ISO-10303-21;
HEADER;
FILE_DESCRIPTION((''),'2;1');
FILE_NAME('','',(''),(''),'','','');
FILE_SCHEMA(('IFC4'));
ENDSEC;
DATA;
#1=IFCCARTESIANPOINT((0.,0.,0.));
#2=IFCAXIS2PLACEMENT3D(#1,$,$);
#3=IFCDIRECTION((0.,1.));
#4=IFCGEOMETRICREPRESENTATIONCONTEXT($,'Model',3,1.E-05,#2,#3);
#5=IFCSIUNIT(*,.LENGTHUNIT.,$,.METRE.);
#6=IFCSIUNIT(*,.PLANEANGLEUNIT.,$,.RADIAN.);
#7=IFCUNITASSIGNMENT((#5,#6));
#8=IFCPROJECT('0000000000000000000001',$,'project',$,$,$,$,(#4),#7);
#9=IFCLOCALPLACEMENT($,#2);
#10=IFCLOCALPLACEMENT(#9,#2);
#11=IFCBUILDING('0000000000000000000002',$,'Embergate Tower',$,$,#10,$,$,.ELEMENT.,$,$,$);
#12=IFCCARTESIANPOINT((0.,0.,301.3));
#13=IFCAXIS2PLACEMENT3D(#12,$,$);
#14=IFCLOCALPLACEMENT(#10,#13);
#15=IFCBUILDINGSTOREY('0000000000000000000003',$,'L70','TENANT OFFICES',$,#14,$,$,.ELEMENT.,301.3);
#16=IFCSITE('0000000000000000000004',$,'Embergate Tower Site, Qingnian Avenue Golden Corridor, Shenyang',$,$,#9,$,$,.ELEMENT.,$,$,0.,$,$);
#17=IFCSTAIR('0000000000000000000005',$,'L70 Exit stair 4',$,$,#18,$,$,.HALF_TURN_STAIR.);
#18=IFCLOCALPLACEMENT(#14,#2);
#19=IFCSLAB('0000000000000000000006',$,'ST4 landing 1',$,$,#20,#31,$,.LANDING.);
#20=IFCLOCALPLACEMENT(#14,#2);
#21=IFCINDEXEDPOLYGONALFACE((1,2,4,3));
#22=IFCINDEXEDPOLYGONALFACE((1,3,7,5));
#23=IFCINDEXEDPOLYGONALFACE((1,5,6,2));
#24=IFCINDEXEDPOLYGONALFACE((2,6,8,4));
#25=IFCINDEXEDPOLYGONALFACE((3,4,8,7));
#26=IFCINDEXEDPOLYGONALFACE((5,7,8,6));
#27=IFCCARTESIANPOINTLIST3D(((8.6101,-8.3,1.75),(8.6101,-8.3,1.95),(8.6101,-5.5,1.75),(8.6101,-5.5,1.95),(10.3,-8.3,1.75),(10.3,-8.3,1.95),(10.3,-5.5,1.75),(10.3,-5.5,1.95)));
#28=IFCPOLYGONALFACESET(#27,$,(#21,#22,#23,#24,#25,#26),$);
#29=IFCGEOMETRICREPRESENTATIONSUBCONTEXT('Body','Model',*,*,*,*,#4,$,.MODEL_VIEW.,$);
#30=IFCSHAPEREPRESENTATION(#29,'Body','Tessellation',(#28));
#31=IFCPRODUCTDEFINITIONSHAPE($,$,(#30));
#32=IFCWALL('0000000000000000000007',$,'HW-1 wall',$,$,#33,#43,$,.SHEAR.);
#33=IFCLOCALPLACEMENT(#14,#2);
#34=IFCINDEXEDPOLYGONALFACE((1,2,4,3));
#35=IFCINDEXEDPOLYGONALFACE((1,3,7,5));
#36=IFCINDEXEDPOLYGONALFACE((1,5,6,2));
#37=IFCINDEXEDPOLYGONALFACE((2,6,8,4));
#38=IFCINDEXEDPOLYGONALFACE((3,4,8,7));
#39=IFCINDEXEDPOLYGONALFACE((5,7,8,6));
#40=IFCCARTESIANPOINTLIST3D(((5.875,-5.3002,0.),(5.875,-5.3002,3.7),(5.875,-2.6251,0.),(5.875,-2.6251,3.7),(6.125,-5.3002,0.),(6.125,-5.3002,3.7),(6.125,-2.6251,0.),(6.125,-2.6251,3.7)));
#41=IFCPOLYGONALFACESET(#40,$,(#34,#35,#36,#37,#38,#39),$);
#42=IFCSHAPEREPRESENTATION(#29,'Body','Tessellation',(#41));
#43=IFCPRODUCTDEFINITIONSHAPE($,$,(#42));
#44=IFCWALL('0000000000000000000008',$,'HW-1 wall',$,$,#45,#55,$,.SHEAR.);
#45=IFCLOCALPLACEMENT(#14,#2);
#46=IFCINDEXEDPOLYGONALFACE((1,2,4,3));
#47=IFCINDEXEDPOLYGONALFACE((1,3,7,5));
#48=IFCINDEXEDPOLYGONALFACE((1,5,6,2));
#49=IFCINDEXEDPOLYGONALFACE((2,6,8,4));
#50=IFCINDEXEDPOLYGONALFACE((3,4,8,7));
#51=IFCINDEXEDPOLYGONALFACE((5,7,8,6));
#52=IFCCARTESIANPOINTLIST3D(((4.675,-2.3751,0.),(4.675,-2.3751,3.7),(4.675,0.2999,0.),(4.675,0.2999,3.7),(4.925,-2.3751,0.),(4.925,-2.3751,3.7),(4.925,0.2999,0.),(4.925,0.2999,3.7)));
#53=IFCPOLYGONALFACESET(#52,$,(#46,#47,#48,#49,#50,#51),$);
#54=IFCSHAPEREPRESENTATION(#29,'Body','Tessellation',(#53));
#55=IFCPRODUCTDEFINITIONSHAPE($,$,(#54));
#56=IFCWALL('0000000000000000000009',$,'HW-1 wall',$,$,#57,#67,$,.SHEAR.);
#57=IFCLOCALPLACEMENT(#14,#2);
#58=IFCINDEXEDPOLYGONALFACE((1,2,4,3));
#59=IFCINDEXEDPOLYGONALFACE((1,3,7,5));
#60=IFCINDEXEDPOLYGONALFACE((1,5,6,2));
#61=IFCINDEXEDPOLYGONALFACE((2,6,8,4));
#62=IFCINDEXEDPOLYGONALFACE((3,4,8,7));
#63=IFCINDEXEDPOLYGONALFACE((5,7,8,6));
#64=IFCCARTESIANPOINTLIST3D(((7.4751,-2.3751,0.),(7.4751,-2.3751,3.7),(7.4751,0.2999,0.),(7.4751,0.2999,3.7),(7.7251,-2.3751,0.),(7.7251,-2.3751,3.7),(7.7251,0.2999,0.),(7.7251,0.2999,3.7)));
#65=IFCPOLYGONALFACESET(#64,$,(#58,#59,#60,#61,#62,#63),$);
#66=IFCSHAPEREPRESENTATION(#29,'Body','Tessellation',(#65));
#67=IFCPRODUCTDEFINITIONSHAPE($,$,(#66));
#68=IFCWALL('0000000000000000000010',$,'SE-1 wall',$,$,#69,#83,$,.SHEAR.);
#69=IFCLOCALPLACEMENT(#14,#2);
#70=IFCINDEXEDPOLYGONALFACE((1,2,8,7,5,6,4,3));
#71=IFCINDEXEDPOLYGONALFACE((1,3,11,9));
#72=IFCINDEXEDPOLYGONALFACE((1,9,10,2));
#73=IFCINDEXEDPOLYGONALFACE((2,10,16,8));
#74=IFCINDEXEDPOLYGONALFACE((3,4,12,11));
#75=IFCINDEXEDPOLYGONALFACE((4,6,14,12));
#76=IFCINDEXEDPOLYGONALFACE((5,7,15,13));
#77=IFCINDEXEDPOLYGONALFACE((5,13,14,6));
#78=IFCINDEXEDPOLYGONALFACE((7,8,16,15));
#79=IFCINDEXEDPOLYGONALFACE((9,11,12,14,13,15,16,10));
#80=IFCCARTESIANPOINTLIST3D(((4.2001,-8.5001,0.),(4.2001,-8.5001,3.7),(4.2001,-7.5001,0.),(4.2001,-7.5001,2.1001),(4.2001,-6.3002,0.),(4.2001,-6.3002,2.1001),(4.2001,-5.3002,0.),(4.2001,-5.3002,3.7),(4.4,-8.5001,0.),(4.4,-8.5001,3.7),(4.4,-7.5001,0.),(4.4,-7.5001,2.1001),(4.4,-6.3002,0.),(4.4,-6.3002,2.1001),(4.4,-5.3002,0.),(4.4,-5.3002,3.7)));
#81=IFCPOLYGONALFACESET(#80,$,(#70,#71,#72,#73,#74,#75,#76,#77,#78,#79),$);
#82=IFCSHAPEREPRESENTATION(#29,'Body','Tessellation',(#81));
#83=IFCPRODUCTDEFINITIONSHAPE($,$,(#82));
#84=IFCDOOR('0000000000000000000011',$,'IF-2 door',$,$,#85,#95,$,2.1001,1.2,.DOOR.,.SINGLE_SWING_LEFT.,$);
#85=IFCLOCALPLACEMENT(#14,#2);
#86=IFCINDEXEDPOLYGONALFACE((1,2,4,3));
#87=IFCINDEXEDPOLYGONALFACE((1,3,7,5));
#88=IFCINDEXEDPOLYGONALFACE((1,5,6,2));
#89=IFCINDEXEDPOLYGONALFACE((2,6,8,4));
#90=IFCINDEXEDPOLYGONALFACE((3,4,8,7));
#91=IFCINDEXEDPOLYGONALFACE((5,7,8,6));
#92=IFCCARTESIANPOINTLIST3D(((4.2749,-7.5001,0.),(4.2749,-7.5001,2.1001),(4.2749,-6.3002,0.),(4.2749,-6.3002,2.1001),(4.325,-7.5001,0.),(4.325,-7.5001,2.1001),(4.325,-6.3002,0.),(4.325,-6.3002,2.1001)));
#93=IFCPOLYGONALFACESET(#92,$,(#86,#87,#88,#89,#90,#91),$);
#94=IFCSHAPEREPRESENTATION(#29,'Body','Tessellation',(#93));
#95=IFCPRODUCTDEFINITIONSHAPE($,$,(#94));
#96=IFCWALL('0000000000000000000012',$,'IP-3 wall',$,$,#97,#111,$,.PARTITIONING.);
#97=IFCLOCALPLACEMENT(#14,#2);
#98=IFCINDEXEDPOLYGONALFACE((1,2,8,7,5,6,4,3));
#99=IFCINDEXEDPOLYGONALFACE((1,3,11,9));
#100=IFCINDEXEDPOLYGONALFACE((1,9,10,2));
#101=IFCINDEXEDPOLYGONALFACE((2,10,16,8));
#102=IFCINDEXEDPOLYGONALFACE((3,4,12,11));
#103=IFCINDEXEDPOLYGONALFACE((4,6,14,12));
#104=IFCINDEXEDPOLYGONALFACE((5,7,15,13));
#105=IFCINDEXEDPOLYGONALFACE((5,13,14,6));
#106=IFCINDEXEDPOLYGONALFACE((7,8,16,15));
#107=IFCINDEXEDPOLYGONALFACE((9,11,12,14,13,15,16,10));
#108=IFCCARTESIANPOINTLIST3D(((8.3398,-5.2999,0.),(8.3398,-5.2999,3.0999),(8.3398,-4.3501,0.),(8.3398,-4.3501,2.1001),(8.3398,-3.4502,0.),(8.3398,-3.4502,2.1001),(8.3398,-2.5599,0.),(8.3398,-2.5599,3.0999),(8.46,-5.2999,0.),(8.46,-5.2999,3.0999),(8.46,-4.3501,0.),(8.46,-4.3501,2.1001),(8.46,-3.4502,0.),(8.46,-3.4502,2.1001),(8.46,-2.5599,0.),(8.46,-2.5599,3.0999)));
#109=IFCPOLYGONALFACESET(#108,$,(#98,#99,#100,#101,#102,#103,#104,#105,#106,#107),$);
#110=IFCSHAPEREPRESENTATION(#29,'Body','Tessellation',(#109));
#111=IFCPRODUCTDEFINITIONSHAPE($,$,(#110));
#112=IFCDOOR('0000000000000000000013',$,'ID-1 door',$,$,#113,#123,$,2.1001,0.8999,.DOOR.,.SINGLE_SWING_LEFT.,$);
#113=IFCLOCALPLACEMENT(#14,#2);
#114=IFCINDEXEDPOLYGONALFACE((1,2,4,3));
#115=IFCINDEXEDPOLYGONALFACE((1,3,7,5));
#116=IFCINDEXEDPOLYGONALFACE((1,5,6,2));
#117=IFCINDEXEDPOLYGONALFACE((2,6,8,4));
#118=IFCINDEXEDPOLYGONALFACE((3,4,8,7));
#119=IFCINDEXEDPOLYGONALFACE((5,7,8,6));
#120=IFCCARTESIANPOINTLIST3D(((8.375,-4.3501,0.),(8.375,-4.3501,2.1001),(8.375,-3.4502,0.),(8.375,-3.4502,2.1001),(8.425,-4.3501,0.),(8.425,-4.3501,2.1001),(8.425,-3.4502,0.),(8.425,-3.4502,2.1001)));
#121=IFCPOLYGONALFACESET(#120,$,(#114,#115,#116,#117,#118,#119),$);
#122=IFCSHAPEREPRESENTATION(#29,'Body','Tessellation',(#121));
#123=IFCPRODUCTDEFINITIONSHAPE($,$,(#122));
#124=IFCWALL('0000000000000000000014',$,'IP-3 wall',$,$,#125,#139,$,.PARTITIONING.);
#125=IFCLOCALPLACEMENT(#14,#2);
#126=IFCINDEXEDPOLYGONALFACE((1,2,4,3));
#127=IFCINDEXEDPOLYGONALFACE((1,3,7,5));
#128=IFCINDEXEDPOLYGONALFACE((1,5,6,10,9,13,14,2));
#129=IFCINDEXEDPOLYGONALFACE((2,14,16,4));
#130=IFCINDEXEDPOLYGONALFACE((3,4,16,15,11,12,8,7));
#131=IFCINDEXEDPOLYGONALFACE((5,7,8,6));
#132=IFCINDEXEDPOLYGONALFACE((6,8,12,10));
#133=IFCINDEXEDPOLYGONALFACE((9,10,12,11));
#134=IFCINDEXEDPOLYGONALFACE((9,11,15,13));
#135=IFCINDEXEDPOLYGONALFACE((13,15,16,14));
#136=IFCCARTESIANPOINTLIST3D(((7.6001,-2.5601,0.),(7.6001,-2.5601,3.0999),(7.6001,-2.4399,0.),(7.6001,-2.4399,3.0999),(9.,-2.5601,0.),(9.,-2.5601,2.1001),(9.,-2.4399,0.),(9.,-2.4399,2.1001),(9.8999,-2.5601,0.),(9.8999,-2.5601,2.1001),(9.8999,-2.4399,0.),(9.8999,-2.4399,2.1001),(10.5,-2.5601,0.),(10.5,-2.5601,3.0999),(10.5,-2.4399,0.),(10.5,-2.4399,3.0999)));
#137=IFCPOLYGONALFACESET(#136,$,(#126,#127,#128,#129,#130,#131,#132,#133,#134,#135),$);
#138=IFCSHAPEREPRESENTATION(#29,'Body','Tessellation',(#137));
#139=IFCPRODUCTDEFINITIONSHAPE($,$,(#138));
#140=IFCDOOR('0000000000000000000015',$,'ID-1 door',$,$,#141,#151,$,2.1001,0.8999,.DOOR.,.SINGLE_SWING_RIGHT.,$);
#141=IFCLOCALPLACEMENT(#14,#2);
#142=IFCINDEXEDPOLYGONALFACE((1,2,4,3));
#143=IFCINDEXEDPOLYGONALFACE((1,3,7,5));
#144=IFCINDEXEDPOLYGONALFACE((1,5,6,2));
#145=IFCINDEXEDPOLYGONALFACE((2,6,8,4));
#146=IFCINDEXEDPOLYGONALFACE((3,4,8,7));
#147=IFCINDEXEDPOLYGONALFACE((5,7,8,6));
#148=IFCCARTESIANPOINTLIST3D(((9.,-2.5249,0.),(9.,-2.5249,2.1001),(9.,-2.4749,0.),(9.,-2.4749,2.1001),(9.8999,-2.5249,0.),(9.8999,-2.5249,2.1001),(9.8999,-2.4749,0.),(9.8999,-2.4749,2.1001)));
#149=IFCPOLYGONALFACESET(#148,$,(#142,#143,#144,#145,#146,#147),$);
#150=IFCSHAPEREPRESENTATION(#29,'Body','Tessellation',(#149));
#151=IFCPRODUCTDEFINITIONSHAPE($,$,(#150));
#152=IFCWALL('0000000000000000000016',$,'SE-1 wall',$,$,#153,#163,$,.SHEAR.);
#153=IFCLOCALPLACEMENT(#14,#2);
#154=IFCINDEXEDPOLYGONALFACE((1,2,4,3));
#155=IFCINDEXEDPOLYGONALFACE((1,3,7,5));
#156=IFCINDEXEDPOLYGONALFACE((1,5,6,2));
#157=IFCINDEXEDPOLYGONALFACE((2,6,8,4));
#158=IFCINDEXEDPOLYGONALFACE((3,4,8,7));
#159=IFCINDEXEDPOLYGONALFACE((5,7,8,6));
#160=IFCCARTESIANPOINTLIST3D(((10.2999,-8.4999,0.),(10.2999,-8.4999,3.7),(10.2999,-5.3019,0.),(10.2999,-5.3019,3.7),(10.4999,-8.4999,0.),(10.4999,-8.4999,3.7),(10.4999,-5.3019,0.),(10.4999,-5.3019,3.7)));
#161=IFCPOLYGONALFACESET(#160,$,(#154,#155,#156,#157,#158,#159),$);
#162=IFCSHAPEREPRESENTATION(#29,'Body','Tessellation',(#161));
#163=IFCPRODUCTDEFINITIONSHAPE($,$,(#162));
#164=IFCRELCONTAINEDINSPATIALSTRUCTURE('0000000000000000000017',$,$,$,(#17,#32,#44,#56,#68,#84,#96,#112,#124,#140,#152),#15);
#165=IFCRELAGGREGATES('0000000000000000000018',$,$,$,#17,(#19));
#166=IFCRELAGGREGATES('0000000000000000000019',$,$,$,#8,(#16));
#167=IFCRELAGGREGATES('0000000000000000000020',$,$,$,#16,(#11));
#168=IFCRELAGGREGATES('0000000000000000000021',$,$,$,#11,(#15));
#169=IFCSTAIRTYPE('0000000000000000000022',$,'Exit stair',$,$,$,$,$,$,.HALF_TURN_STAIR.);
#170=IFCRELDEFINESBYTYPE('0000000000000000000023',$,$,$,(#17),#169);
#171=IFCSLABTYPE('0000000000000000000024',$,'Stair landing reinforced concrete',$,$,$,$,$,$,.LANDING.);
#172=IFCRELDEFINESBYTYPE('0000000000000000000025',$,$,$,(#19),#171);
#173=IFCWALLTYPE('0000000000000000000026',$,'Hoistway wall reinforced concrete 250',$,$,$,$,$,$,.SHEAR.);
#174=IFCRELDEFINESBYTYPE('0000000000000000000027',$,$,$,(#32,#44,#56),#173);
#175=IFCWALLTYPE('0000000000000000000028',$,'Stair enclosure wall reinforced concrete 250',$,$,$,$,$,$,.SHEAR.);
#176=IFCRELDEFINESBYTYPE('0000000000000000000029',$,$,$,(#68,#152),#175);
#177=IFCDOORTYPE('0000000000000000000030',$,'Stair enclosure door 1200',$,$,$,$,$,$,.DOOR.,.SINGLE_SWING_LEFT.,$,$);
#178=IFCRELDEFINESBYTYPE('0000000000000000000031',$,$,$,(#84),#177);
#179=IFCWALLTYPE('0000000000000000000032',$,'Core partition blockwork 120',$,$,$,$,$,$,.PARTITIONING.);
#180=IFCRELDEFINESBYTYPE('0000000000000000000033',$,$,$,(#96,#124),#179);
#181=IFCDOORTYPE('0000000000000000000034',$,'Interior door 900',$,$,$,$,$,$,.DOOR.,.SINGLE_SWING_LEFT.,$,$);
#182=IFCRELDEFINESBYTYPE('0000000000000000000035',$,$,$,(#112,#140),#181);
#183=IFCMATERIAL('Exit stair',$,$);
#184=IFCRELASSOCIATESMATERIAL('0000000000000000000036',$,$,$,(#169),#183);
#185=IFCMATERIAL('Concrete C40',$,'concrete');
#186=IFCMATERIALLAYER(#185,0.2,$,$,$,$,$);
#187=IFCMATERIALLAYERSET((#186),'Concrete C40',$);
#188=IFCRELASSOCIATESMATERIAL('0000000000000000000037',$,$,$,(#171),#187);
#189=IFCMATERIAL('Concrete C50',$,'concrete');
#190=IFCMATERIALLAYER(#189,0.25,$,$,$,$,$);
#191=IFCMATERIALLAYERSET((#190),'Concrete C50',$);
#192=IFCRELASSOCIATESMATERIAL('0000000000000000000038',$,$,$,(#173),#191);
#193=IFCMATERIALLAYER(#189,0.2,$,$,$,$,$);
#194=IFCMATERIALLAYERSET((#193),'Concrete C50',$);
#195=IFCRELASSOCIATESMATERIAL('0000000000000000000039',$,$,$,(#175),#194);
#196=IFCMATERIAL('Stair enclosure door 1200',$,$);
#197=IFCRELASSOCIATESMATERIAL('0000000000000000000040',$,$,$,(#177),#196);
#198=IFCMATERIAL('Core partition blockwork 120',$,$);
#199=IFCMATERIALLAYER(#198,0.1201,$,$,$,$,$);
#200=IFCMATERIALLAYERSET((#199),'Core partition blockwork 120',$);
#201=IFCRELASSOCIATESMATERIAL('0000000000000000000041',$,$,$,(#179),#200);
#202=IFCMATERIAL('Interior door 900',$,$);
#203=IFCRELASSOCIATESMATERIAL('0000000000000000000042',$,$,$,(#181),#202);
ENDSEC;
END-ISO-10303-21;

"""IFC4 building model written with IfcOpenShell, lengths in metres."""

from ifc_helpers import new_model, si_unit, direction, frame, frame_2d, origin, place, context, subcontext, project, spatial, polyline, rectangle, outline, extrude, source, transform, mapped, material, layer, layer_set, type_object, element, fill, aggregate, save


model = new_model("IFC4")

# Units and contexts
model_context = context("Model", 3, precision=1e-05, world=origin(), true_north=direction((0.0, 1.0)))
body_context = subcontext(model_context, "Body", "Model", "MODEL_VIEW")
ifc_project = project(units=[si_unit("LENGTHUNIT", "METRE"), si_unit("PLANEANGLEUNIT", "RADIAN")], contexts=[model_context])

# Site, building, storey
site_placement = place(None, origin())
site = spatial("IfcSite", under=ifc_project, at=site_placement, Name="Embergate Tower Site, Qingnian Avenue Golden Corridor, Shenyang", CompositionType="ELEMENT", RefElevation=0.0)
building_placement = place(site_placement, origin())
building = spatial("IfcBuilding", under=site, at=building_placement, Name="Embergate Tower", CompositionType="ELEMENT")
storey_placement = place(building_placement, frame((0.0, 0.0, 301.3)))
storey = spatial("IfcBuildingStorey", under=building, at=storey_placement, Name="L70", Description="TENANT OFFICES", CompositionType="ELEMENT", Elevation=301.3)

# Stair, slab
ifc_material_1 = material(Name="Exit stair")
stair_type = type_object("IfcStairType", Name="Exit stair", PredefinedType="HALF_TURN_STAIR", material=ifc_material_1)
stair_placement = place(storey_placement, origin())
stair = element("IfcStair", 1, at=stair_placement, inside=storey, type_object=stair_type, Name="L70 Exit stair 4", PredefinedType="HALF_TURN_STAIR")
ifc_material_2 = material(Name="Concrete C40", Category="concrete")
ifc_layer_1 = layer(ifc_material_2, 0.2)
ifc_layer_set_1 = layer_set([ifc_layer_1], Name="Concrete C40")
slab_type = type_object("IfcSlabType", Name="Stair landing reinforced concrete", PredefinedType="LANDING", material=ifc_layer_set_1)
shared_shape_1 = source(origin(), body_context, "Body", "SweptSolid", [
    extrude(outline(polyline([(0.0, 0.0), (1.6899, 0.0), (1.6899, 2.8), (0.0, 2.8), (0.0, 0.0)])), origin(), (0.0, 0.0, 1.0), 0.2),
])
slab_placement = place(storey_placement, frame((8.6101, -8.3, 1.75)))
slab = element("IfcSlab", 2, at=slab_placement, type_object=slab_type, Name="ST4 landing 1", PredefinedType="LANDING", context=body_context, shape_type="MappedRepresentation", body=[
    mapped(shared_shape_1, transform((0.0, 0.0, 0.0))),
])

# Walls
ifc_material_3 = material(Name="Concrete C50", Category="concrete")
ifc_layer_2 = layer(ifc_material_3, 0.25)
ifc_layer_set_2 = layer_set([ifc_layer_2], Name="Concrete C50")
wall_type_1 = type_object("IfcWallType", Name="Hoistway wall reinforced concrete 250", PredefinedType="SHEAR", material=ifc_layer_set_2)
shared_shape_2 = source(origin(), body_context, "Body", "SweptSolid", [
    extrude(rectangle(XDim=2.675, YDim=0.25, at=frame_2d((1.3374, 0.0))), origin(), (0.0, 0.0, 1.0), 3.7),
])
for number, where, z_axis, x_axis, name in (
    (3, (6.0, -5.3, 0.0), (0.0, 0.0, 1.0), (0.0, 1.0, 0.0), "HW-1 wall"),
    (4, (4.8, -2.375, 0.0), (0.0, 0.0, 1.0), (0.0, 1.0, 0.0), "HW-1 wall"),
    (5, (7.6001, -2.375, 0.0), (0.0, 0.0, 1.0), (0.0, 1.0, 0.0), "HW-1 wall"),
):
    element("IfcWall", number, at=place(storey_placement, frame(where, z_axis=z_axis, x_axis=x_axis)), inside=storey, type_object=wall_type_1, Name=name, PredefinedType="SHEAR", context=body_context, shape_type="MappedRepresentation", body=[
        mapped(shared_shape_2, transform((0.0, 0.0, 0.0))),
    ])

# Walls, openings, doors
ifc_layer_3 = layer(ifc_material_3, 0.2)
ifc_layer_set_3 = layer_set([ifc_layer_3], Name="Concrete C50")
wall_type_2 = type_object("IfcWallType", Name="Stair enclosure wall reinforced concrete 250", PredefinedType="SHEAR", material=ifc_layer_set_3)
shared_shape_3 = source(origin(), body_context, "Body", "SweptSolid", [
    extrude(rectangle(XDim=3.2, YDim=0.2, at=frame_2d((1.6001, 0.0))), origin(), (0.0, 0.0, 1.0), 3.7),
])
wall_1_placement = place(storey_placement, frame((4.3, -5.3, 0.0), z_axis=(0.0, 0.0, 1.0), x_axis=(0.0, -1.0, 0.0)))
wall_1 = element("IfcWall", 6, at=wall_1_placement, inside=storey, type_object=wall_type_2, Name="SE-1 wall", PredefinedType="SHEAR", context=body_context, shape_type="MappedRepresentation", body=[
    mapped(shared_shape_3, transform((0.0, 0.0, 0.0))),
])
shared_shape_4 = source(origin(), body_context, "Body", "SweptSolid", [
    extrude(rectangle(XDim=1.2, YDim=2.1001, at=frame_2d((0.6001, 1.05))), frame((0.0, 0.1099, 0.0), z_axis=(0.0, -1.0, 0.0), x_axis=(1.0, 0.0, 0.0)), (0.0, 0.0, 1.0), 0.22),
])
opening_1_placement = place(wall_1_placement, frame((1.0, 0.0, 0.0)))
opening_1 = element("IfcOpeningElement", 7, at=opening_1_placement, cuts=wall_1, PredefinedType="OPENING", context=body_context, shape_type="MappedRepresentation", body=[
    mapped(shared_shape_4, transform((0.0, 0.0, 0.0))),
])
ifc_material_4 = material(Name="Stair enclosure door 1200")
door_type_1 = type_object("IfcDoorType", Name="Stair enclosure door 1200", OperationType="SINGLE_SWING_LEFT", PredefinedType="DOOR", material=ifc_material_4)
shared_shape_5 = source(origin(), body_context, "Body", "SweptSolid", [
    extrude(rectangle(XDim=1.2, YDim=2.1001, at=frame_2d((0.6001, 1.05))), frame((0.0, 0.0249, 0.0), z_axis=(0.0, -1.0, 0.0), x_axis=(1.0, 0.0, 0.0)), (0.0, 0.0, 1.0), 0.05),
])
door_1_placement = place(opening_1_placement, origin())
door_1 = element("IfcDoor", 8, at=door_1_placement, inside=storey, type_object=door_type_1, Name="IF-2 door", OperationType="SINGLE_SWING_LEFT", OverallHeight=2.1001, OverallWidth=1.2, PredefinedType="DOOR", context=body_context, shape_type="MappedRepresentation", body=[
    mapped(shared_shape_5, transform((0.0, 0.0, 0.0))),
])
fill(opening_1, door_1)
ifc_material_5 = material(Name="Core partition blockwork 120")
ifc_layer_4 = layer(ifc_material_5, 0.1201)
ifc_layer_set_4 = layer_set([ifc_layer_4], Name="Core partition blockwork 120")
wall_type_3 = type_object("IfcWallType", Name="Core partition blockwork 120", PredefinedType="PARTITIONING", material=ifc_layer_set_4)
shared_shape_6 = source(origin(), body_context, "Body", "SweptSolid", [
    extrude(rectangle(XDim=2.74, YDim=0.1201, at=frame_2d((1.3701, 0.0))), origin(), (0.0, 0.0, 1.0), 3.0999),
])
wall_2_placement = place(storey_placement, frame((8.3999, -5.3, 0.0), z_axis=(0.0, 0.0, 1.0), x_axis=(0.0, 1.0, 0.0)))
wall_2 = element("IfcWall", 9, at=wall_2_placement, inside=storey, type_object=wall_type_3, Name="IP-3 wall", PredefinedType="PARTITIONING", context=body_context, shape_type="MappedRepresentation", body=[
    mapped(shared_shape_6, transform((0.0, 0.0, 0.0))),
])
shared_shape_7 = source(origin(), body_context, "Body", "SweptSolid", [
    extrude(rectangle(XDim=0.8999, YDim=2.1001, at=frame_2d((0.45, 1.05))), frame((0.0, 0.0701, 0.0), z_axis=(0.0, -1.0, 0.0), x_axis=(1.0, 0.0, 0.0)), (0.0, 0.0, 1.0), 0.1401),
])
opening_2_placement = place(wall_2_placement, frame((0.95, 0.0, 0.0)))
opening_2 = element("IfcOpeningElement", 10, at=opening_2_placement, cuts=wall_2, PredefinedType="OPENING", context=body_context, shape_type="MappedRepresentation", body=[
    mapped(shared_shape_7, transform((0.0, 0.0, 0.0))),
])
ifc_material_6 = material(Name="Interior door 900")
door_type_2 = type_object("IfcDoorType", Name="Interior door 900", OperationType="SINGLE_SWING_LEFT", PredefinedType="DOOR", material=ifc_material_6)
shared_shape_8 = source(origin(), body_context, "Body", "SweptSolid", [
    extrude(rectangle(XDim=0.8999, YDim=2.1001, at=frame_2d((0.45, 1.05))), frame((0.0, 0.0249, 0.0), z_axis=(0.0, -1.0, 0.0), x_axis=(1.0, 0.0, 0.0)), (0.0, 0.0, 1.0), 0.05),
])
door_2_placement = place(opening_2_placement, origin())
door_2 = element("IfcDoor", 11, at=door_2_placement, inside=storey, type_object=door_type_2, Name="ID-1 door", OperationType="SINGLE_SWING_LEFT", OverallHeight=2.1001, OverallWidth=0.8999, PredefinedType="DOOR", context=body_context, shape_type="MappedRepresentation", body=[
    mapped(shared_shape_8, transform((0.0, 0.0, 0.0))),
])
fill(opening_2, door_2)
shared_shape_9 = source(origin(), body_context, "Body", "SweptSolid", [
    extrude(rectangle(XDim=2.8999, YDim=0.1201, at=frame_2d((1.45, 0.0))), origin(), (0.0, 0.0, 1.0), 3.0999),
])
wall_3_placement = place(storey_placement, frame((10.5, -2.5, 0.0), z_axis=(0.0, 0.0, 1.0), x_axis=(-1.0, 0.0, 0.0)))
wall_3 = element("IfcWall", 12, at=wall_3_placement, inside=storey, type_object=wall_type_3, Name="IP-3 wall", PredefinedType="PARTITIONING", context=body_context, shape_type="MappedRepresentation", body=[
    mapped(shared_shape_9, transform((0.0, 0.0, 0.0))),
])
opening_3_placement = place(wall_3_placement, frame((0.6001, 0.0, 0.0)))
opening_3 = element("IfcOpeningElement", 13, at=opening_3_placement, cuts=wall_3, PredefinedType="OPENING", context=body_context, shape_type="MappedRepresentation", body=[
    mapped(shared_shape_7, transform((0.0, 0.0, 0.0))),
])
door_3_placement = place(opening_3_placement, origin())
door_3 = element("IfcDoor", 14, at=door_3_placement, inside=storey, type_object=door_type_2, Name="ID-1 door", OperationType="SINGLE_SWING_RIGHT", OverallHeight=2.1001, OverallWidth=0.8999, PredefinedType="DOOR", context=body_context, shape_type="MappedRepresentation", body=[
    mapped(shared_shape_8, transform((0.0, 0.0, 0.0))),
])
fill(opening_3, door_3)

# Wall
shared_shape_10 = source(origin(), body_context, "Body", "SweptSolid", [
    extrude(rectangle(XDim=3.198, YDim=0.2, at=frame_2d((1.5991, 0.0))), origin(), (0.0, 0.0, 1.0), 3.7),
])
wall_4_placement = place(storey_placement, frame((10.3999, -8.5, 0.0), z_axis=(0.0, 0.0, 1.0), x_axis=(0.0, 1.0, 0.0)))
element("IfcWall", 15, at=wall_4_placement, inside=storey, type_object=wall_type_2, Name="SE-1 wall", PredefinedType="SHEAR", context=body_context, shape_type="MappedRepresentation", body=[
    mapped(shared_shape_10, transform((0.0, 0.0, 0.0))),
])

aggregate(stair, [slab])

save(model, "model.ifc")
